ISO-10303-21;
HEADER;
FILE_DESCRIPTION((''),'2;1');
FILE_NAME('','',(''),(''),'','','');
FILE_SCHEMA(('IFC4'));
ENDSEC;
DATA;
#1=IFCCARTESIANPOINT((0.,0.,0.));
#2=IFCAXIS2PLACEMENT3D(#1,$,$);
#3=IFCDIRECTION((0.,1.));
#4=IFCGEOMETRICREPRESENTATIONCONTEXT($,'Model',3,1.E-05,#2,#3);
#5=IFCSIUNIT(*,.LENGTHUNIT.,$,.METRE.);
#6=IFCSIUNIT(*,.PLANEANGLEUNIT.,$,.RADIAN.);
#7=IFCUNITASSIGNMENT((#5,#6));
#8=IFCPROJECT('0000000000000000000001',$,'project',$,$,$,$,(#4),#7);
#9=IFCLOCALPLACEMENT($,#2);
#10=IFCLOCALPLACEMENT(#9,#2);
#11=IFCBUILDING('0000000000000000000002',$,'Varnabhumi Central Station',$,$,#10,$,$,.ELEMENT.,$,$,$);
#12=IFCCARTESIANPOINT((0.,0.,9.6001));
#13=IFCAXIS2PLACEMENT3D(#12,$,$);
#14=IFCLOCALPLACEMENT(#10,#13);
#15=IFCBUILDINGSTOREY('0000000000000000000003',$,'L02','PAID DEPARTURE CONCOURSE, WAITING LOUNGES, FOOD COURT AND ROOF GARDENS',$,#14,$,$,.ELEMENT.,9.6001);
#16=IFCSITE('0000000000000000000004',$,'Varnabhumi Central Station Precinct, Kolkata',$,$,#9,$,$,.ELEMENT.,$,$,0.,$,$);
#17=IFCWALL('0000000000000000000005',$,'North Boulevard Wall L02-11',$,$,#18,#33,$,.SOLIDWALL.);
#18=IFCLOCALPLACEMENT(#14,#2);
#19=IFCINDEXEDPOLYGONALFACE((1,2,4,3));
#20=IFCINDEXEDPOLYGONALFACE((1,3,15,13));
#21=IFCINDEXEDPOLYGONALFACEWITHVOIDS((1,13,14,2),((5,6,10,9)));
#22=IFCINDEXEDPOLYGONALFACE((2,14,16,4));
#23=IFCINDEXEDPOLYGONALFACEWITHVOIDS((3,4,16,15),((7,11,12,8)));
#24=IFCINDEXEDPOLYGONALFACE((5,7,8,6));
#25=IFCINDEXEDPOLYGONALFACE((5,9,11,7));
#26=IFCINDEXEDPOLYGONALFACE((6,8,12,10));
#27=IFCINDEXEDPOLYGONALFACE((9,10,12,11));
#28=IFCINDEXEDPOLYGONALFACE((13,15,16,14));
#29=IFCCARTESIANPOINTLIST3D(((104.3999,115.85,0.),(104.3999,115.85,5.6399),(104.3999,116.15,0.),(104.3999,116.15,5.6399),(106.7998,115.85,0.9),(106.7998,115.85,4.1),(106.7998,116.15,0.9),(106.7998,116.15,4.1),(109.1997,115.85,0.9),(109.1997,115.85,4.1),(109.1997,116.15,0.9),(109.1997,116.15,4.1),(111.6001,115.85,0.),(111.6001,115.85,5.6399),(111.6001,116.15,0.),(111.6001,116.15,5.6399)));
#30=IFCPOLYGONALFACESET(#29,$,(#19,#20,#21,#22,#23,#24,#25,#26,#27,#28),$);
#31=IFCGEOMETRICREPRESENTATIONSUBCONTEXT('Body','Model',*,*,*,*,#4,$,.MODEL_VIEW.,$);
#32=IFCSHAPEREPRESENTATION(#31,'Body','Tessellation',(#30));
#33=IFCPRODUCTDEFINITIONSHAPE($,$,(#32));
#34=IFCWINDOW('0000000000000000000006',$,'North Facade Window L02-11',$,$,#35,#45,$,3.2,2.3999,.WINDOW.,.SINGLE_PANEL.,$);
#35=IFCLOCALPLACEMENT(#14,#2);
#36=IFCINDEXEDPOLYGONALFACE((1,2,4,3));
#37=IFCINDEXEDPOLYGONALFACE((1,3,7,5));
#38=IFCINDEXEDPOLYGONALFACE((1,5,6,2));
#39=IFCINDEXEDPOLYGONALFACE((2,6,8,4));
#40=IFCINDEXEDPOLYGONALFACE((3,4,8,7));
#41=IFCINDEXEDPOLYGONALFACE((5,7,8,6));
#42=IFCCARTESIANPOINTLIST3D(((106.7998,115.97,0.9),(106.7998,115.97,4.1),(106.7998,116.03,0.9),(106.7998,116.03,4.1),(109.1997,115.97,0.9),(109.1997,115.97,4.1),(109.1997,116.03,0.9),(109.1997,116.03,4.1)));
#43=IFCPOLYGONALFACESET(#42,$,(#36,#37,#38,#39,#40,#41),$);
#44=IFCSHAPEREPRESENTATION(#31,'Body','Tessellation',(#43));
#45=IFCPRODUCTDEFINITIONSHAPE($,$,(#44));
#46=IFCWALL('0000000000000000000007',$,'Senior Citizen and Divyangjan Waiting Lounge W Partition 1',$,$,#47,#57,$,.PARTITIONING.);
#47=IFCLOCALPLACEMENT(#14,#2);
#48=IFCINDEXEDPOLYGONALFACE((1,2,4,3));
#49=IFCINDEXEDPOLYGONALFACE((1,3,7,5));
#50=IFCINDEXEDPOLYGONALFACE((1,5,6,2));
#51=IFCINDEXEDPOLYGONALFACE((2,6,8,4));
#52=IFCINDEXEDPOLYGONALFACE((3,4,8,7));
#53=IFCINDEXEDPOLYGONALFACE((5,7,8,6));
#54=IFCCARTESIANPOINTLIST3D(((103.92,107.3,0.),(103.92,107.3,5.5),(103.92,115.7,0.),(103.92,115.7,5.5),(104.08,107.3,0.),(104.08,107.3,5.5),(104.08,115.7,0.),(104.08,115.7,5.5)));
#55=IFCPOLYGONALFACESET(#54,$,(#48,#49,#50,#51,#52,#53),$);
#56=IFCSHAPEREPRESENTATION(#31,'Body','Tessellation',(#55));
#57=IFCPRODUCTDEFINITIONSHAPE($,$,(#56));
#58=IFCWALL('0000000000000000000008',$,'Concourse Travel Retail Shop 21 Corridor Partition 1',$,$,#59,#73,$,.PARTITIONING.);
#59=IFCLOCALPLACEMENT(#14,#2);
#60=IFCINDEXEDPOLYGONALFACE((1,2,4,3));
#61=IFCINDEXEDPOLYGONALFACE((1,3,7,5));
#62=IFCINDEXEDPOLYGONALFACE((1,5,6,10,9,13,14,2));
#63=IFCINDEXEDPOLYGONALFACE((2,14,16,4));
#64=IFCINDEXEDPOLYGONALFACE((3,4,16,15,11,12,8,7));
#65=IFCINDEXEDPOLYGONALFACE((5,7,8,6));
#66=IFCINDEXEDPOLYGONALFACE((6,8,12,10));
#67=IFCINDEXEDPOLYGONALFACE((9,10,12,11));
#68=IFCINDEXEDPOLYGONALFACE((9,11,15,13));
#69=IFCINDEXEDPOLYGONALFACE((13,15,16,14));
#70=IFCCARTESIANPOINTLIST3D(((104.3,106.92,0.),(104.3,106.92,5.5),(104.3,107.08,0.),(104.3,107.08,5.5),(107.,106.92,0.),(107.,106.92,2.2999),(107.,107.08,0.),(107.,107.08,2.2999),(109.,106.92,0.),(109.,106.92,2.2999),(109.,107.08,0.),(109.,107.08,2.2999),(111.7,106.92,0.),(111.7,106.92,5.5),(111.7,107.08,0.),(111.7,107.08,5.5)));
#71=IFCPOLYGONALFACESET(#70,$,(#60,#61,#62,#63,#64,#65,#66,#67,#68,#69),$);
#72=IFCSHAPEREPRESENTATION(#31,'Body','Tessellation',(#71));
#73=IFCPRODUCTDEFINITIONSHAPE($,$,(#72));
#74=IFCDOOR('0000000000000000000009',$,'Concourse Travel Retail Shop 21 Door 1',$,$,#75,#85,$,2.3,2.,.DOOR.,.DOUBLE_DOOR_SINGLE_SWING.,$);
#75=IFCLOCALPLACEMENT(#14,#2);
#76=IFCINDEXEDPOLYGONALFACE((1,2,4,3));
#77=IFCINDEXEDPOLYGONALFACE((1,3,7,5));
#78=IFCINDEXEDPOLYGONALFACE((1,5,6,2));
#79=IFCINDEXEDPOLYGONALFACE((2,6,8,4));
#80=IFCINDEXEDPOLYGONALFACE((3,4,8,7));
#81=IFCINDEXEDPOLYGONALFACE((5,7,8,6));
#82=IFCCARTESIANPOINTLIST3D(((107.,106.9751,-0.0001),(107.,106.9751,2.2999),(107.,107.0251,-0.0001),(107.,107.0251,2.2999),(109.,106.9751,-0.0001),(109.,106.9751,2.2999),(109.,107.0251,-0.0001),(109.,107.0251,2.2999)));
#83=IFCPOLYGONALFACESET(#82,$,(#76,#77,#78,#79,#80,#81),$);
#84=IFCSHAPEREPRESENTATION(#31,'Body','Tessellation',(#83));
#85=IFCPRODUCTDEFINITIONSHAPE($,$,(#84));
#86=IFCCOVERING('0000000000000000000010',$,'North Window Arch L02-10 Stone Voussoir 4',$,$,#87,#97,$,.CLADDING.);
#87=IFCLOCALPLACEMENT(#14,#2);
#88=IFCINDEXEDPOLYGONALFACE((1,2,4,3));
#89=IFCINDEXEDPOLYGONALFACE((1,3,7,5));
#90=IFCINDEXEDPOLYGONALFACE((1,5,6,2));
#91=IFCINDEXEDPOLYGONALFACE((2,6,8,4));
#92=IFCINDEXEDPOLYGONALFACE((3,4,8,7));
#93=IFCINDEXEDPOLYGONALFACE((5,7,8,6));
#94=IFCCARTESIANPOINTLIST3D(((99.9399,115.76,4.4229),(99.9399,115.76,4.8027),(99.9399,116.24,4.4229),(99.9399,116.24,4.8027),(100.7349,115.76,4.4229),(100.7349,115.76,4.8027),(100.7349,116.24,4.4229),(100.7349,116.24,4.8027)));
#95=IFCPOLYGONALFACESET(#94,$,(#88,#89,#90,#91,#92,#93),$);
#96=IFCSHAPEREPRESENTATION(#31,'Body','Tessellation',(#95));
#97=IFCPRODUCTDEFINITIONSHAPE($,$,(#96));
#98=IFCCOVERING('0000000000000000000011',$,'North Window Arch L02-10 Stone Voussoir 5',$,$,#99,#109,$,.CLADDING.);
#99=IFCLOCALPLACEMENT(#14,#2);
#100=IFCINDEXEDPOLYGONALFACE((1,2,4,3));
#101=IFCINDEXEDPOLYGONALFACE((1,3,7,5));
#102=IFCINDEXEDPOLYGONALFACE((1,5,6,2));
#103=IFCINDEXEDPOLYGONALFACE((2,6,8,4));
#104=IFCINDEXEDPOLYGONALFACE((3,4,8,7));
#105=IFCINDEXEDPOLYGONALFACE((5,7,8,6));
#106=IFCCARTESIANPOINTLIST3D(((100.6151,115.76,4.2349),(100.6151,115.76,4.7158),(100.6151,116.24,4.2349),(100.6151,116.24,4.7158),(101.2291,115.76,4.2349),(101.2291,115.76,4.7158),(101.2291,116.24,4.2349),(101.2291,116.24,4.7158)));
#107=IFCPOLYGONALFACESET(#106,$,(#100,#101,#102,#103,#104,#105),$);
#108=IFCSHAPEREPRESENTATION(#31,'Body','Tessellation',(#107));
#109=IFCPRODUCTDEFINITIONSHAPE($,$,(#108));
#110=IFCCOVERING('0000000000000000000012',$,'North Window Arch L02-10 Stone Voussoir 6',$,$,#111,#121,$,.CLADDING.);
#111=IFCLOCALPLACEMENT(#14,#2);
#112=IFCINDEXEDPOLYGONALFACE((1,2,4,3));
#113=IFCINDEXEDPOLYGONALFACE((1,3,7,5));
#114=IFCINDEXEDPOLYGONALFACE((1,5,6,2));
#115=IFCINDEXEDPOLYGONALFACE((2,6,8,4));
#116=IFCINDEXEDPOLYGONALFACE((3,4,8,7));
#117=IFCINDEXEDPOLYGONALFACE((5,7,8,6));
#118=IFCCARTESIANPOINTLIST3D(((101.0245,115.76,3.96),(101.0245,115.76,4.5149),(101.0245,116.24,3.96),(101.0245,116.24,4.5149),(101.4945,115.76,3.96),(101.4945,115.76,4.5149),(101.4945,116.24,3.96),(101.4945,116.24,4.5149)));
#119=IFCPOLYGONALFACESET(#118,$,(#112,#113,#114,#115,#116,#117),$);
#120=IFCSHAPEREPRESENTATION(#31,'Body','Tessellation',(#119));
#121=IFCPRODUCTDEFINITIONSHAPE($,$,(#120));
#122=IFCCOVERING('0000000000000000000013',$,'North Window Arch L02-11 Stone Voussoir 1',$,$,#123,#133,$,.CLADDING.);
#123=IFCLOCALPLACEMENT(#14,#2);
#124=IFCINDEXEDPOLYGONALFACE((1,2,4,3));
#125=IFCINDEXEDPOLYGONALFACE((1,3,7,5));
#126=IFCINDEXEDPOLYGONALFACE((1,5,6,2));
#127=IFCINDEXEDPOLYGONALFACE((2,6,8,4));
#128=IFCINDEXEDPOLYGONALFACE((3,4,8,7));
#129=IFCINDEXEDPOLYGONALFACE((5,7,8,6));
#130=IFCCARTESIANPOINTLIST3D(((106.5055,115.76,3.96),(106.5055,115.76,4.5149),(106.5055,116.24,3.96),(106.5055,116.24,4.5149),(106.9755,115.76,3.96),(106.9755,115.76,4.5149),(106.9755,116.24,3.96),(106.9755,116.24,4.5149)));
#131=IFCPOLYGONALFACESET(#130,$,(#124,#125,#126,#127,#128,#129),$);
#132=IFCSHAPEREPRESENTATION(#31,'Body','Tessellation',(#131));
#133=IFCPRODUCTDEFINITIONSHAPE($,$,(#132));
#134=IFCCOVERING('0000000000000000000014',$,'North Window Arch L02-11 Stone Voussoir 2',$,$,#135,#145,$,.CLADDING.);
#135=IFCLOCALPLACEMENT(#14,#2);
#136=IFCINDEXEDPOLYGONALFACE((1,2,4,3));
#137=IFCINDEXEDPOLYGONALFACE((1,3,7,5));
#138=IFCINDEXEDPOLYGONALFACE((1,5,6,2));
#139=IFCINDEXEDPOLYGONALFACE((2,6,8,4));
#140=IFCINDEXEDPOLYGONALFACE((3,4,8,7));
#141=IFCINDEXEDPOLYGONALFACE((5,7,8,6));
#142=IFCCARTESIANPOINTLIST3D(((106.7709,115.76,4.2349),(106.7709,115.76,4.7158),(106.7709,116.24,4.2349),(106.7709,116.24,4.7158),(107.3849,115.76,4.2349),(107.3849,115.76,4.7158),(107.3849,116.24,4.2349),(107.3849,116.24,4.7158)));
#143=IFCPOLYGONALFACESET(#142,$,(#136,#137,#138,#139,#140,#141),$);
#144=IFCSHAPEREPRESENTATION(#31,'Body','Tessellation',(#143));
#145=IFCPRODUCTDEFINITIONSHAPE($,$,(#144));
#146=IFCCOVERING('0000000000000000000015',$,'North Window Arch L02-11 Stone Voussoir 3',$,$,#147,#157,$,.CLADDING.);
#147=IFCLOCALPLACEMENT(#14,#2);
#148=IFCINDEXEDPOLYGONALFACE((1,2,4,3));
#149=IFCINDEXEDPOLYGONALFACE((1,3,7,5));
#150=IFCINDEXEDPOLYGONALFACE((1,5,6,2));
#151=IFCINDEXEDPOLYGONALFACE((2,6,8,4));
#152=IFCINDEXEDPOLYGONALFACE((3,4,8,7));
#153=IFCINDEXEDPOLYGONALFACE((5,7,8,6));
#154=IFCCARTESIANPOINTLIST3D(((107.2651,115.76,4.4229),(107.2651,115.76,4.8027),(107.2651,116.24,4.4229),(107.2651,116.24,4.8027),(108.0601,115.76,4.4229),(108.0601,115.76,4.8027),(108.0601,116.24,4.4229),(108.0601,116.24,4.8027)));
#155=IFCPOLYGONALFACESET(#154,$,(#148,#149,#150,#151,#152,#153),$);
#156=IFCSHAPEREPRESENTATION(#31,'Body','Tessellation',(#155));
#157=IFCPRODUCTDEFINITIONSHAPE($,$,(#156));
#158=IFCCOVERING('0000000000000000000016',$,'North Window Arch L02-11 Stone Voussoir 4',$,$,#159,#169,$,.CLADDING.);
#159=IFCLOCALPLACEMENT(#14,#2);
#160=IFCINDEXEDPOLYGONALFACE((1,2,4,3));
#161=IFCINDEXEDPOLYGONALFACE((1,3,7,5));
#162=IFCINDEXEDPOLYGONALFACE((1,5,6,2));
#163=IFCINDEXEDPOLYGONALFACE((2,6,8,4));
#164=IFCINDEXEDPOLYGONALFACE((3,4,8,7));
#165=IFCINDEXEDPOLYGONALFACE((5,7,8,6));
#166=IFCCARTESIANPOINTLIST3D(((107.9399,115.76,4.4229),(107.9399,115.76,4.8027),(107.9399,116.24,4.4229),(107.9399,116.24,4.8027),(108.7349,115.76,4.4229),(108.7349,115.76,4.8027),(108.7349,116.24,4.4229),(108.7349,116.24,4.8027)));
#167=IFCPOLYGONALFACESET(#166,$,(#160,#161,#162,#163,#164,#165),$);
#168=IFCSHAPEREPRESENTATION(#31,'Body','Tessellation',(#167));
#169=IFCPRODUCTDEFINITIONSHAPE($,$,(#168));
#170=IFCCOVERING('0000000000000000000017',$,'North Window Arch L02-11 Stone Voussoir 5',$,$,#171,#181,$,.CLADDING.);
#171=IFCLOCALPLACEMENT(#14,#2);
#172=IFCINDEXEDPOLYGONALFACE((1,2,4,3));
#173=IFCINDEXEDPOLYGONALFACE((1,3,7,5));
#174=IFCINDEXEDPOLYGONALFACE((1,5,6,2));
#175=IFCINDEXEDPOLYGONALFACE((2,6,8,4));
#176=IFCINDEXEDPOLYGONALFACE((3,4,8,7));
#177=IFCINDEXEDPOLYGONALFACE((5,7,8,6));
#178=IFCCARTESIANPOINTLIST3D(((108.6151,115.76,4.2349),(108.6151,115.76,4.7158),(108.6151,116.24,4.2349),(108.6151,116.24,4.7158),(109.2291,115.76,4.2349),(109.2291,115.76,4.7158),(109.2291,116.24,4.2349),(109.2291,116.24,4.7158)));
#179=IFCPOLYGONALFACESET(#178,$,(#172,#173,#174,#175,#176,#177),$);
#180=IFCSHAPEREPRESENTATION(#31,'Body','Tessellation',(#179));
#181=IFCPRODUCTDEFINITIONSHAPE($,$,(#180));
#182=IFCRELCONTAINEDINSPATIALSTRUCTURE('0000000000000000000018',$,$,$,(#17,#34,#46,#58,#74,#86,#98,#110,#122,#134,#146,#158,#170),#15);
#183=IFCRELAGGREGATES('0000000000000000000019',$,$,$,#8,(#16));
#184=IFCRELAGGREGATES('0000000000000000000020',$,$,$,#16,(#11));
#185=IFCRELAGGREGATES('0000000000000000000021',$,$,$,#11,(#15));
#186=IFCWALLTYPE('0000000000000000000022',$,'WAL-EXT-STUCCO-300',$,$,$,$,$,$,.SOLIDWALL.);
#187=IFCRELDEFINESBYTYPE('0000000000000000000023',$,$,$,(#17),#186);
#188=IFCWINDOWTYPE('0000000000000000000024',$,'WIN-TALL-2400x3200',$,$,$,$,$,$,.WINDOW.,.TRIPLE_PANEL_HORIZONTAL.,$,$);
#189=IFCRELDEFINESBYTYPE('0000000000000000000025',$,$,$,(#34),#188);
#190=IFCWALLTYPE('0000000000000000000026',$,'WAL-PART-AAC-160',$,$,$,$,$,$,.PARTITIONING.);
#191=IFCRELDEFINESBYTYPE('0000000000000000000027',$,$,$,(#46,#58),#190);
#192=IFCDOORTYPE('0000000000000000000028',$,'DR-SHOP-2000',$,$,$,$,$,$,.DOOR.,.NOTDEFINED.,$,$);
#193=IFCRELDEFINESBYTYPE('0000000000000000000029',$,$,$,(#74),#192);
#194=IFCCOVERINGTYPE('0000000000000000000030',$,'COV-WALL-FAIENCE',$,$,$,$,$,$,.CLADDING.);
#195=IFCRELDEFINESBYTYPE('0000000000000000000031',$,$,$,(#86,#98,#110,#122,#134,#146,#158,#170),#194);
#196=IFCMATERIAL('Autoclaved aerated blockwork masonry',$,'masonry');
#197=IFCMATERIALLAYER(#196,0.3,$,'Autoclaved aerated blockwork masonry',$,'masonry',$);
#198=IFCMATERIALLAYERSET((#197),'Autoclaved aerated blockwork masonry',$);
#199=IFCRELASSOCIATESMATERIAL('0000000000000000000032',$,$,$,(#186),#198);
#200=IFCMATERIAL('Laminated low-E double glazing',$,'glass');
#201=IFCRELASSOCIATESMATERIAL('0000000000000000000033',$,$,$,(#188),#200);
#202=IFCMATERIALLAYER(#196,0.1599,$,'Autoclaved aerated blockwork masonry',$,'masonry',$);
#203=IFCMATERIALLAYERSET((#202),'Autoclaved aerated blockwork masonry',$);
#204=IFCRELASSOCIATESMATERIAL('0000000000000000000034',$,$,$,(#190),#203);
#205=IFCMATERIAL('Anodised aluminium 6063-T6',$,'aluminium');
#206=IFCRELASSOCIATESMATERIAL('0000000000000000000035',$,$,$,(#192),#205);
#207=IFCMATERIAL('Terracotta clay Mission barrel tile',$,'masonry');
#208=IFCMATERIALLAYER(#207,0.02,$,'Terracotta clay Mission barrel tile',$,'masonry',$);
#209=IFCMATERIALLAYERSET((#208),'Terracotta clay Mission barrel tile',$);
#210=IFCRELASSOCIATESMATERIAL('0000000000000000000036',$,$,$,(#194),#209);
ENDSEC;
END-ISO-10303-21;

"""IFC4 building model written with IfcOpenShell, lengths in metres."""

from ifc_helpers import new_model, si_unit, direction, frame, frame_2d, origin, origin_2d, place, context, subcontext, project, spatial, rectangle, extrude, material, layer, layer_set, type_object, element, fill, save


model = new_model("IFC4")

# Units and contexts
model_context = context("Model", 3, precision=1e-05, world=origin(), true_north=direction((0.0, 1.0)))
body_context = subcontext(model_context, "Body", "Model", "MODEL_VIEW")
ifc_project = project(units=[si_unit("LENGTHUNIT", "METRE"), si_unit("PLANEANGLEUNIT", "RADIAN")], contexts=[model_context])

# Site, building, storey
site_placement = place(None, origin())
site = spatial("IfcSite", under=ifc_project, at=site_placement, Name="Varnabhumi Central Station Precinct, Kolkata", CompositionType="ELEMENT", RefElevation=0.0)
building_placement = place(site_placement, origin())
building = spatial("IfcBuilding", under=site, at=building_placement, Name="Varnabhumi Central Station", CompositionType="ELEMENT")
storey_placement = place(building_placement, frame((0.0, 0.0, 9.6001)))
storey = spatial("IfcBuildingStorey", under=building, at=storey_placement, Name="L02", Description="PAID DEPARTURE CONCOURSE, WAITING LOUNGES, FOOD COURT AND ROOF GARDENS", CompositionType="ELEMENT", Elevation=9.6001)

# Wall, opening, window
ifc_material_1 = material(Name="Autoclaved aerated blockwork masonry", Category="masonry")
ifc_layer_1 = layer(ifc_material_1, 0.3, Name="Autoclaved aerated blockwork masonry", Category="masonry")
ifc_layer_set_1 = layer_set([ifc_layer_1], Name="Autoclaved aerated blockwork masonry")
wall_type_1 = type_object("IfcWallType", Name="WAL-EXT-STUCCO-300", PredefinedType="SOLIDWALL", material=ifc_layer_set_1)
wall_1_placement = place(storey_placement, frame((104.3999, 116.0, 0.0), z_axis=(0.0, 0.0, 1.0), x_axis=(1.0, 0.0, 0.0)))
wall_1 = element("IfcWall", 1, at=wall_1_placement, inside=storey, type_object=wall_type_1, Name="North Boulevard Wall L02-11", PredefinedType="SOLIDWALL", context=body_context, shape_type="SweptSolid", body=[
    extrude(rectangle(XDim=7.2002, YDim=0.3, at=frame_2d((3.6001, 0.0))), origin(), (0.0, 0.0, 1.0), 5.6399),
])
opening_1_placement = place(wall_1_placement, frame((2.3999, 0.0, 0.8999)))
opening_1 = element("IfcOpeningElement", 2, at=opening_1_placement, cuts=wall_1, PredefinedType="OPENING", context=body_context, shape_type="SweptSolid", body=[
    extrude(rectangle(XDim=2.3999, YDim=3.2, at=frame_2d((1.2, 1.6001))), frame((0.0, 0.1599, 0.0), z_axis=(0.0, -1.0, 0.0), x_axis=(1.0, 0.0, 0.0)), (0.0, 0.0, 1.0), 0.3201),
])
ifc_material_2 = material(Name="Laminated low-E double glazing", Category="glass")
window_type = type_object("IfcWindowType", Name="WIN-TALL-2400x3200", PartitioningType="TRIPLE_PANEL_HORIZONTAL", PredefinedType="WINDOW", material=ifc_material_2)
window_placement = place(opening_1_placement, origin())
window = element("IfcWindow", 3, at=window_placement, inside=storey, type_object=window_type, Name="North Facade Window L02-11", OverallHeight=3.2, OverallWidth=2.3999, PartitioningType="SINGLE_PANEL", PredefinedType="WINDOW", context=body_context, shape_type="SweptSolid", body=[
    extrude(rectangle(XDim=2.3999, YDim=3.2, at=frame_2d((1.2, 1.6001))), frame((0.0, 0.03, 0.0), z_axis=(0.0, -1.0, 0.0), x_axis=(1.0, 0.0, 0.0)), (0.0, 0.0, 1.0), 0.0601),
])
fill(opening_1, window)

# Wall
ifc_layer_2 = layer(ifc_material_1, 0.1599, Name="Autoclaved aerated blockwork masonry", Category="masonry")
ifc_layer_set_2 = layer_set([ifc_layer_2], Name="Autoclaved aerated blockwork masonry")
wall_type_2 = type_object("IfcWallType", Name="WAL-PART-AAC-160", PredefinedType="PARTITIONING", material=ifc_layer_set_2)
wall_2_placement = place(storey_placement, frame((104.0, 107.3, 0.0), z_axis=(0.0, 0.0, 1.0), x_axis=(0.0, 1.0, 0.0)))
element("IfcWall", 4, at=wall_2_placement, inside=storey, type_object=wall_type_2, Name="Senior Citizen and Divyangjan Waiting Lounge W Partition 1", PredefinedType="PARTITIONING", context=body_context, shape_type="SweptSolid", body=[
    extrude(rectangle(XDim=8.3999, YDim=0.1599, at=frame_2d((4.2, 0.0))), origin(), (0.0, 0.0, 1.0), 5.5),
])

# Wall, opening, door
wall_3_placement = place(storey_placement, frame((104.3, 107.0, 0.0), z_axis=(0.0, 0.0, 1.0), x_axis=(1.0, 0.0, 0.0)))
wall_3 = element("IfcWall", 5, at=wall_3_placement, inside=storey, type_object=wall_type_2, Name="Concourse Travel Retail Shop 21 Corridor Partition 1", PredefinedType="PARTITIONING", context=body_context, shape_type="SweptSolid", body=[
    extrude(rectangle(XDim=7.3999, YDim=0.1599, at=frame_2d((3.7, 0.0))), origin(), (0.0, 0.0, 1.0), 5.5),
])
opening_2_placement = place(wall_3_placement, frame((2.7, 0.0, 0.0)))
opening_2 = element("IfcOpeningElement", 6, at=opening_2_placement, cuts=wall_3, PredefinedType="OPENING", context=body_context, shape_type="SweptSolid", body=[
    extrude(rectangle(XDim=2.0, YDim=2.3, at=frame_2d((1.0, 1.1499))), frame((0.0, 0.0898, 0.0), z_axis=(0.0, -1.0, 0.0), x_axis=(1.0, 0.0, 0.0)), (0.0, 0.0, 1.0), 0.1799),
])
ifc_material_3 = material(Name="Anodised aluminium 6063-T6", Category="aluminium")
door_type = type_object("IfcDoorType", Name="DR-SHOP-2000", OperationType="NOTDEFINED", PredefinedType="DOOR", material=ifc_material_3)
door_placement = place(opening_2_placement, frame((2.0, 0.0, 0.0), z_axis=(0.0, 0.0, 1.0), x_axis=(-1.0, 0.0, 0.0)))
door = element("IfcDoor", 7, at=door_placement, inside=storey, type_object=door_type, Name="Concourse Travel Retail Shop 21 Door 1", OperationType="DOUBLE_DOOR_SINGLE_SWING", OverallHeight=2.3, OverallWidth=2.0, PredefinedType="DOOR", context=body_context, shape_type="SweptSolid", body=[
    extrude(rectangle(XDim=2.0, YDim=2.3, at=frame_2d((1.0, 1.1499))), frame((0.0, 0.0249, 0.0), z_axis=(0.0, -1.0, 0.0), x_axis=(1.0, 0.0, 0.0)), (0.0, 0.0, 1.0), 0.05),
])
fill(opening_2, door)

# Coverings
ifc_material_4 = material(Name="Terracotta clay Mission barrel tile", Category="masonry")
ifc_layer_3 = layer(ifc_material_4, 0.02, Name="Terracotta clay Mission barrel tile", Category="masonry")
ifc_layer_set_3 = layer_set([ifc_layer_3], Name="Terracotta clay Mission barrel tile")
covering_type = type_object("IfcCoveringType", Name="COV-WALL-FAIENCE", PredefinedType="CLADDING", material=ifc_layer_set_3)
covering_1_placement = place(storey_placement, frame((100.3374, 116.0, 4.4229), z_axis=(0.0, 0.0, 1.0), x_axis=(1.0, 0.0, 0.0)))
element("IfcCovering", 8, at=covering_1_placement, inside=storey, type_object=covering_type, Name="North Window Arch L02-10 Stone Voussoir 4", PredefinedType="CLADDING", context=body_context, shape_type="SweptSolid", body=[
    extrude(rectangle(XDim=0.7949, YDim=0.48, at=origin_2d()), origin(), (0.0, 0.0, 1.0), 0.3799),
])
covering_2_placement = place(storey_placement, frame((100.9221, 116.0, 4.2349), z_axis=(0.0, 0.0, 1.0), x_axis=(1.0, 0.0, 0.0)))
element("IfcCovering", 9, at=covering_2_placement, inside=storey, type_object=covering_type, Name="North Window Arch L02-10 Stone Voussoir 5", PredefinedType="CLADDING", context=body_context, shape_type="SweptSolid", body=[
    extrude(rectangle(XDim=0.614, YDim=0.48, at=origin_2d()), origin(), (0.0, 0.0, 1.0), 0.481),
])
for number, where, z_axis, x_axis, name in (
    (10, (101.2595, 116.0, 3.96), (0.0, 0.0, 1.0), (1.0, 0.0, 0.0), "North Window Arch L02-10 Stone Voussoir 6"),
    (11, (106.7405, 116.0, 3.96), (0.0, 0.0, 1.0), (1.0, 0.0, 0.0), "North Window Arch L02-11 Stone Voussoir 1"),
):
    element("IfcCovering", number, at=place(storey_placement, frame(where, z_axis=z_axis, x_axis=x_axis)), inside=storey, type_object=covering_type, Name=name, PredefinedType="CLADDING", context=body_context, shape_type="SweptSolid", body=[
        extrude(rectangle(XDim=0.47, YDim=0.48, at=origin_2d()), origin(), (0.0, 0.0, 1.0), 0.5549),
    ])
covering_3_placement = place(storey_placement, frame((107.0779, 116.0, 4.2349), z_axis=(0.0, 0.0, 1.0), x_axis=(1.0, 0.0, 0.0)))
element("IfcCovering", 12, at=covering_3_placement, inside=storey, type_object=covering_type, Name="North Window Arch L02-11 Stone Voussoir 2", PredefinedType="CLADDING", context=body_context, shape_type="SweptSolid", body=[
    extrude(rectangle(XDim=0.614, YDim=0.48, at=origin_2d()), origin(), (0.0, 0.0, 1.0), 0.481),
])
for number, where, z_axis, x_axis, name in (
    (13, (107.6626, 116.0, 4.4229), (0.0, 0.0, 1.0), (1.0, 0.0, 0.0), "North Window Arch L02-11 Stone Voussoir 3"),
    (14, (108.3374, 116.0, 4.4229), (0.0, 0.0, 1.0), (1.0, 0.0, 0.0), "North Window Arch L02-11 Stone Voussoir 4"),
):
    element("IfcCovering", number, at=place(storey_placement, frame(where, z_axis=z_axis, x_axis=x_axis)), inside=storey, type_object=covering_type, Name=name, PredefinedType="CLADDING", context=body_context, shape_type="SweptSolid", body=[
        extrude(rectangle(XDim=0.7949, YDim=0.48, at=origin_2d()), origin(), (0.0, 0.0, 1.0), 0.3799),
    ])
covering_4_placement = place(storey_placement, frame((108.9221, 116.0, 4.2349), z_axis=(0.0, 0.0, 1.0), x_axis=(1.0, 0.0, 0.0)))
element("IfcCovering", 15, at=covering_4_placement, inside=storey, type_object=covering_type, Name="North Window Arch L02-11 Stone Voussoir 5", PredefinedType="CLADDING", context=body_context, shape_type="SweptSolid", body=[
    extrude(rectangle(XDim=0.614, YDim=0.48, at=origin_2d()), origin(), (0.0, 0.0, 1.0), 0.481),
])

save(model, "model.ifc")
